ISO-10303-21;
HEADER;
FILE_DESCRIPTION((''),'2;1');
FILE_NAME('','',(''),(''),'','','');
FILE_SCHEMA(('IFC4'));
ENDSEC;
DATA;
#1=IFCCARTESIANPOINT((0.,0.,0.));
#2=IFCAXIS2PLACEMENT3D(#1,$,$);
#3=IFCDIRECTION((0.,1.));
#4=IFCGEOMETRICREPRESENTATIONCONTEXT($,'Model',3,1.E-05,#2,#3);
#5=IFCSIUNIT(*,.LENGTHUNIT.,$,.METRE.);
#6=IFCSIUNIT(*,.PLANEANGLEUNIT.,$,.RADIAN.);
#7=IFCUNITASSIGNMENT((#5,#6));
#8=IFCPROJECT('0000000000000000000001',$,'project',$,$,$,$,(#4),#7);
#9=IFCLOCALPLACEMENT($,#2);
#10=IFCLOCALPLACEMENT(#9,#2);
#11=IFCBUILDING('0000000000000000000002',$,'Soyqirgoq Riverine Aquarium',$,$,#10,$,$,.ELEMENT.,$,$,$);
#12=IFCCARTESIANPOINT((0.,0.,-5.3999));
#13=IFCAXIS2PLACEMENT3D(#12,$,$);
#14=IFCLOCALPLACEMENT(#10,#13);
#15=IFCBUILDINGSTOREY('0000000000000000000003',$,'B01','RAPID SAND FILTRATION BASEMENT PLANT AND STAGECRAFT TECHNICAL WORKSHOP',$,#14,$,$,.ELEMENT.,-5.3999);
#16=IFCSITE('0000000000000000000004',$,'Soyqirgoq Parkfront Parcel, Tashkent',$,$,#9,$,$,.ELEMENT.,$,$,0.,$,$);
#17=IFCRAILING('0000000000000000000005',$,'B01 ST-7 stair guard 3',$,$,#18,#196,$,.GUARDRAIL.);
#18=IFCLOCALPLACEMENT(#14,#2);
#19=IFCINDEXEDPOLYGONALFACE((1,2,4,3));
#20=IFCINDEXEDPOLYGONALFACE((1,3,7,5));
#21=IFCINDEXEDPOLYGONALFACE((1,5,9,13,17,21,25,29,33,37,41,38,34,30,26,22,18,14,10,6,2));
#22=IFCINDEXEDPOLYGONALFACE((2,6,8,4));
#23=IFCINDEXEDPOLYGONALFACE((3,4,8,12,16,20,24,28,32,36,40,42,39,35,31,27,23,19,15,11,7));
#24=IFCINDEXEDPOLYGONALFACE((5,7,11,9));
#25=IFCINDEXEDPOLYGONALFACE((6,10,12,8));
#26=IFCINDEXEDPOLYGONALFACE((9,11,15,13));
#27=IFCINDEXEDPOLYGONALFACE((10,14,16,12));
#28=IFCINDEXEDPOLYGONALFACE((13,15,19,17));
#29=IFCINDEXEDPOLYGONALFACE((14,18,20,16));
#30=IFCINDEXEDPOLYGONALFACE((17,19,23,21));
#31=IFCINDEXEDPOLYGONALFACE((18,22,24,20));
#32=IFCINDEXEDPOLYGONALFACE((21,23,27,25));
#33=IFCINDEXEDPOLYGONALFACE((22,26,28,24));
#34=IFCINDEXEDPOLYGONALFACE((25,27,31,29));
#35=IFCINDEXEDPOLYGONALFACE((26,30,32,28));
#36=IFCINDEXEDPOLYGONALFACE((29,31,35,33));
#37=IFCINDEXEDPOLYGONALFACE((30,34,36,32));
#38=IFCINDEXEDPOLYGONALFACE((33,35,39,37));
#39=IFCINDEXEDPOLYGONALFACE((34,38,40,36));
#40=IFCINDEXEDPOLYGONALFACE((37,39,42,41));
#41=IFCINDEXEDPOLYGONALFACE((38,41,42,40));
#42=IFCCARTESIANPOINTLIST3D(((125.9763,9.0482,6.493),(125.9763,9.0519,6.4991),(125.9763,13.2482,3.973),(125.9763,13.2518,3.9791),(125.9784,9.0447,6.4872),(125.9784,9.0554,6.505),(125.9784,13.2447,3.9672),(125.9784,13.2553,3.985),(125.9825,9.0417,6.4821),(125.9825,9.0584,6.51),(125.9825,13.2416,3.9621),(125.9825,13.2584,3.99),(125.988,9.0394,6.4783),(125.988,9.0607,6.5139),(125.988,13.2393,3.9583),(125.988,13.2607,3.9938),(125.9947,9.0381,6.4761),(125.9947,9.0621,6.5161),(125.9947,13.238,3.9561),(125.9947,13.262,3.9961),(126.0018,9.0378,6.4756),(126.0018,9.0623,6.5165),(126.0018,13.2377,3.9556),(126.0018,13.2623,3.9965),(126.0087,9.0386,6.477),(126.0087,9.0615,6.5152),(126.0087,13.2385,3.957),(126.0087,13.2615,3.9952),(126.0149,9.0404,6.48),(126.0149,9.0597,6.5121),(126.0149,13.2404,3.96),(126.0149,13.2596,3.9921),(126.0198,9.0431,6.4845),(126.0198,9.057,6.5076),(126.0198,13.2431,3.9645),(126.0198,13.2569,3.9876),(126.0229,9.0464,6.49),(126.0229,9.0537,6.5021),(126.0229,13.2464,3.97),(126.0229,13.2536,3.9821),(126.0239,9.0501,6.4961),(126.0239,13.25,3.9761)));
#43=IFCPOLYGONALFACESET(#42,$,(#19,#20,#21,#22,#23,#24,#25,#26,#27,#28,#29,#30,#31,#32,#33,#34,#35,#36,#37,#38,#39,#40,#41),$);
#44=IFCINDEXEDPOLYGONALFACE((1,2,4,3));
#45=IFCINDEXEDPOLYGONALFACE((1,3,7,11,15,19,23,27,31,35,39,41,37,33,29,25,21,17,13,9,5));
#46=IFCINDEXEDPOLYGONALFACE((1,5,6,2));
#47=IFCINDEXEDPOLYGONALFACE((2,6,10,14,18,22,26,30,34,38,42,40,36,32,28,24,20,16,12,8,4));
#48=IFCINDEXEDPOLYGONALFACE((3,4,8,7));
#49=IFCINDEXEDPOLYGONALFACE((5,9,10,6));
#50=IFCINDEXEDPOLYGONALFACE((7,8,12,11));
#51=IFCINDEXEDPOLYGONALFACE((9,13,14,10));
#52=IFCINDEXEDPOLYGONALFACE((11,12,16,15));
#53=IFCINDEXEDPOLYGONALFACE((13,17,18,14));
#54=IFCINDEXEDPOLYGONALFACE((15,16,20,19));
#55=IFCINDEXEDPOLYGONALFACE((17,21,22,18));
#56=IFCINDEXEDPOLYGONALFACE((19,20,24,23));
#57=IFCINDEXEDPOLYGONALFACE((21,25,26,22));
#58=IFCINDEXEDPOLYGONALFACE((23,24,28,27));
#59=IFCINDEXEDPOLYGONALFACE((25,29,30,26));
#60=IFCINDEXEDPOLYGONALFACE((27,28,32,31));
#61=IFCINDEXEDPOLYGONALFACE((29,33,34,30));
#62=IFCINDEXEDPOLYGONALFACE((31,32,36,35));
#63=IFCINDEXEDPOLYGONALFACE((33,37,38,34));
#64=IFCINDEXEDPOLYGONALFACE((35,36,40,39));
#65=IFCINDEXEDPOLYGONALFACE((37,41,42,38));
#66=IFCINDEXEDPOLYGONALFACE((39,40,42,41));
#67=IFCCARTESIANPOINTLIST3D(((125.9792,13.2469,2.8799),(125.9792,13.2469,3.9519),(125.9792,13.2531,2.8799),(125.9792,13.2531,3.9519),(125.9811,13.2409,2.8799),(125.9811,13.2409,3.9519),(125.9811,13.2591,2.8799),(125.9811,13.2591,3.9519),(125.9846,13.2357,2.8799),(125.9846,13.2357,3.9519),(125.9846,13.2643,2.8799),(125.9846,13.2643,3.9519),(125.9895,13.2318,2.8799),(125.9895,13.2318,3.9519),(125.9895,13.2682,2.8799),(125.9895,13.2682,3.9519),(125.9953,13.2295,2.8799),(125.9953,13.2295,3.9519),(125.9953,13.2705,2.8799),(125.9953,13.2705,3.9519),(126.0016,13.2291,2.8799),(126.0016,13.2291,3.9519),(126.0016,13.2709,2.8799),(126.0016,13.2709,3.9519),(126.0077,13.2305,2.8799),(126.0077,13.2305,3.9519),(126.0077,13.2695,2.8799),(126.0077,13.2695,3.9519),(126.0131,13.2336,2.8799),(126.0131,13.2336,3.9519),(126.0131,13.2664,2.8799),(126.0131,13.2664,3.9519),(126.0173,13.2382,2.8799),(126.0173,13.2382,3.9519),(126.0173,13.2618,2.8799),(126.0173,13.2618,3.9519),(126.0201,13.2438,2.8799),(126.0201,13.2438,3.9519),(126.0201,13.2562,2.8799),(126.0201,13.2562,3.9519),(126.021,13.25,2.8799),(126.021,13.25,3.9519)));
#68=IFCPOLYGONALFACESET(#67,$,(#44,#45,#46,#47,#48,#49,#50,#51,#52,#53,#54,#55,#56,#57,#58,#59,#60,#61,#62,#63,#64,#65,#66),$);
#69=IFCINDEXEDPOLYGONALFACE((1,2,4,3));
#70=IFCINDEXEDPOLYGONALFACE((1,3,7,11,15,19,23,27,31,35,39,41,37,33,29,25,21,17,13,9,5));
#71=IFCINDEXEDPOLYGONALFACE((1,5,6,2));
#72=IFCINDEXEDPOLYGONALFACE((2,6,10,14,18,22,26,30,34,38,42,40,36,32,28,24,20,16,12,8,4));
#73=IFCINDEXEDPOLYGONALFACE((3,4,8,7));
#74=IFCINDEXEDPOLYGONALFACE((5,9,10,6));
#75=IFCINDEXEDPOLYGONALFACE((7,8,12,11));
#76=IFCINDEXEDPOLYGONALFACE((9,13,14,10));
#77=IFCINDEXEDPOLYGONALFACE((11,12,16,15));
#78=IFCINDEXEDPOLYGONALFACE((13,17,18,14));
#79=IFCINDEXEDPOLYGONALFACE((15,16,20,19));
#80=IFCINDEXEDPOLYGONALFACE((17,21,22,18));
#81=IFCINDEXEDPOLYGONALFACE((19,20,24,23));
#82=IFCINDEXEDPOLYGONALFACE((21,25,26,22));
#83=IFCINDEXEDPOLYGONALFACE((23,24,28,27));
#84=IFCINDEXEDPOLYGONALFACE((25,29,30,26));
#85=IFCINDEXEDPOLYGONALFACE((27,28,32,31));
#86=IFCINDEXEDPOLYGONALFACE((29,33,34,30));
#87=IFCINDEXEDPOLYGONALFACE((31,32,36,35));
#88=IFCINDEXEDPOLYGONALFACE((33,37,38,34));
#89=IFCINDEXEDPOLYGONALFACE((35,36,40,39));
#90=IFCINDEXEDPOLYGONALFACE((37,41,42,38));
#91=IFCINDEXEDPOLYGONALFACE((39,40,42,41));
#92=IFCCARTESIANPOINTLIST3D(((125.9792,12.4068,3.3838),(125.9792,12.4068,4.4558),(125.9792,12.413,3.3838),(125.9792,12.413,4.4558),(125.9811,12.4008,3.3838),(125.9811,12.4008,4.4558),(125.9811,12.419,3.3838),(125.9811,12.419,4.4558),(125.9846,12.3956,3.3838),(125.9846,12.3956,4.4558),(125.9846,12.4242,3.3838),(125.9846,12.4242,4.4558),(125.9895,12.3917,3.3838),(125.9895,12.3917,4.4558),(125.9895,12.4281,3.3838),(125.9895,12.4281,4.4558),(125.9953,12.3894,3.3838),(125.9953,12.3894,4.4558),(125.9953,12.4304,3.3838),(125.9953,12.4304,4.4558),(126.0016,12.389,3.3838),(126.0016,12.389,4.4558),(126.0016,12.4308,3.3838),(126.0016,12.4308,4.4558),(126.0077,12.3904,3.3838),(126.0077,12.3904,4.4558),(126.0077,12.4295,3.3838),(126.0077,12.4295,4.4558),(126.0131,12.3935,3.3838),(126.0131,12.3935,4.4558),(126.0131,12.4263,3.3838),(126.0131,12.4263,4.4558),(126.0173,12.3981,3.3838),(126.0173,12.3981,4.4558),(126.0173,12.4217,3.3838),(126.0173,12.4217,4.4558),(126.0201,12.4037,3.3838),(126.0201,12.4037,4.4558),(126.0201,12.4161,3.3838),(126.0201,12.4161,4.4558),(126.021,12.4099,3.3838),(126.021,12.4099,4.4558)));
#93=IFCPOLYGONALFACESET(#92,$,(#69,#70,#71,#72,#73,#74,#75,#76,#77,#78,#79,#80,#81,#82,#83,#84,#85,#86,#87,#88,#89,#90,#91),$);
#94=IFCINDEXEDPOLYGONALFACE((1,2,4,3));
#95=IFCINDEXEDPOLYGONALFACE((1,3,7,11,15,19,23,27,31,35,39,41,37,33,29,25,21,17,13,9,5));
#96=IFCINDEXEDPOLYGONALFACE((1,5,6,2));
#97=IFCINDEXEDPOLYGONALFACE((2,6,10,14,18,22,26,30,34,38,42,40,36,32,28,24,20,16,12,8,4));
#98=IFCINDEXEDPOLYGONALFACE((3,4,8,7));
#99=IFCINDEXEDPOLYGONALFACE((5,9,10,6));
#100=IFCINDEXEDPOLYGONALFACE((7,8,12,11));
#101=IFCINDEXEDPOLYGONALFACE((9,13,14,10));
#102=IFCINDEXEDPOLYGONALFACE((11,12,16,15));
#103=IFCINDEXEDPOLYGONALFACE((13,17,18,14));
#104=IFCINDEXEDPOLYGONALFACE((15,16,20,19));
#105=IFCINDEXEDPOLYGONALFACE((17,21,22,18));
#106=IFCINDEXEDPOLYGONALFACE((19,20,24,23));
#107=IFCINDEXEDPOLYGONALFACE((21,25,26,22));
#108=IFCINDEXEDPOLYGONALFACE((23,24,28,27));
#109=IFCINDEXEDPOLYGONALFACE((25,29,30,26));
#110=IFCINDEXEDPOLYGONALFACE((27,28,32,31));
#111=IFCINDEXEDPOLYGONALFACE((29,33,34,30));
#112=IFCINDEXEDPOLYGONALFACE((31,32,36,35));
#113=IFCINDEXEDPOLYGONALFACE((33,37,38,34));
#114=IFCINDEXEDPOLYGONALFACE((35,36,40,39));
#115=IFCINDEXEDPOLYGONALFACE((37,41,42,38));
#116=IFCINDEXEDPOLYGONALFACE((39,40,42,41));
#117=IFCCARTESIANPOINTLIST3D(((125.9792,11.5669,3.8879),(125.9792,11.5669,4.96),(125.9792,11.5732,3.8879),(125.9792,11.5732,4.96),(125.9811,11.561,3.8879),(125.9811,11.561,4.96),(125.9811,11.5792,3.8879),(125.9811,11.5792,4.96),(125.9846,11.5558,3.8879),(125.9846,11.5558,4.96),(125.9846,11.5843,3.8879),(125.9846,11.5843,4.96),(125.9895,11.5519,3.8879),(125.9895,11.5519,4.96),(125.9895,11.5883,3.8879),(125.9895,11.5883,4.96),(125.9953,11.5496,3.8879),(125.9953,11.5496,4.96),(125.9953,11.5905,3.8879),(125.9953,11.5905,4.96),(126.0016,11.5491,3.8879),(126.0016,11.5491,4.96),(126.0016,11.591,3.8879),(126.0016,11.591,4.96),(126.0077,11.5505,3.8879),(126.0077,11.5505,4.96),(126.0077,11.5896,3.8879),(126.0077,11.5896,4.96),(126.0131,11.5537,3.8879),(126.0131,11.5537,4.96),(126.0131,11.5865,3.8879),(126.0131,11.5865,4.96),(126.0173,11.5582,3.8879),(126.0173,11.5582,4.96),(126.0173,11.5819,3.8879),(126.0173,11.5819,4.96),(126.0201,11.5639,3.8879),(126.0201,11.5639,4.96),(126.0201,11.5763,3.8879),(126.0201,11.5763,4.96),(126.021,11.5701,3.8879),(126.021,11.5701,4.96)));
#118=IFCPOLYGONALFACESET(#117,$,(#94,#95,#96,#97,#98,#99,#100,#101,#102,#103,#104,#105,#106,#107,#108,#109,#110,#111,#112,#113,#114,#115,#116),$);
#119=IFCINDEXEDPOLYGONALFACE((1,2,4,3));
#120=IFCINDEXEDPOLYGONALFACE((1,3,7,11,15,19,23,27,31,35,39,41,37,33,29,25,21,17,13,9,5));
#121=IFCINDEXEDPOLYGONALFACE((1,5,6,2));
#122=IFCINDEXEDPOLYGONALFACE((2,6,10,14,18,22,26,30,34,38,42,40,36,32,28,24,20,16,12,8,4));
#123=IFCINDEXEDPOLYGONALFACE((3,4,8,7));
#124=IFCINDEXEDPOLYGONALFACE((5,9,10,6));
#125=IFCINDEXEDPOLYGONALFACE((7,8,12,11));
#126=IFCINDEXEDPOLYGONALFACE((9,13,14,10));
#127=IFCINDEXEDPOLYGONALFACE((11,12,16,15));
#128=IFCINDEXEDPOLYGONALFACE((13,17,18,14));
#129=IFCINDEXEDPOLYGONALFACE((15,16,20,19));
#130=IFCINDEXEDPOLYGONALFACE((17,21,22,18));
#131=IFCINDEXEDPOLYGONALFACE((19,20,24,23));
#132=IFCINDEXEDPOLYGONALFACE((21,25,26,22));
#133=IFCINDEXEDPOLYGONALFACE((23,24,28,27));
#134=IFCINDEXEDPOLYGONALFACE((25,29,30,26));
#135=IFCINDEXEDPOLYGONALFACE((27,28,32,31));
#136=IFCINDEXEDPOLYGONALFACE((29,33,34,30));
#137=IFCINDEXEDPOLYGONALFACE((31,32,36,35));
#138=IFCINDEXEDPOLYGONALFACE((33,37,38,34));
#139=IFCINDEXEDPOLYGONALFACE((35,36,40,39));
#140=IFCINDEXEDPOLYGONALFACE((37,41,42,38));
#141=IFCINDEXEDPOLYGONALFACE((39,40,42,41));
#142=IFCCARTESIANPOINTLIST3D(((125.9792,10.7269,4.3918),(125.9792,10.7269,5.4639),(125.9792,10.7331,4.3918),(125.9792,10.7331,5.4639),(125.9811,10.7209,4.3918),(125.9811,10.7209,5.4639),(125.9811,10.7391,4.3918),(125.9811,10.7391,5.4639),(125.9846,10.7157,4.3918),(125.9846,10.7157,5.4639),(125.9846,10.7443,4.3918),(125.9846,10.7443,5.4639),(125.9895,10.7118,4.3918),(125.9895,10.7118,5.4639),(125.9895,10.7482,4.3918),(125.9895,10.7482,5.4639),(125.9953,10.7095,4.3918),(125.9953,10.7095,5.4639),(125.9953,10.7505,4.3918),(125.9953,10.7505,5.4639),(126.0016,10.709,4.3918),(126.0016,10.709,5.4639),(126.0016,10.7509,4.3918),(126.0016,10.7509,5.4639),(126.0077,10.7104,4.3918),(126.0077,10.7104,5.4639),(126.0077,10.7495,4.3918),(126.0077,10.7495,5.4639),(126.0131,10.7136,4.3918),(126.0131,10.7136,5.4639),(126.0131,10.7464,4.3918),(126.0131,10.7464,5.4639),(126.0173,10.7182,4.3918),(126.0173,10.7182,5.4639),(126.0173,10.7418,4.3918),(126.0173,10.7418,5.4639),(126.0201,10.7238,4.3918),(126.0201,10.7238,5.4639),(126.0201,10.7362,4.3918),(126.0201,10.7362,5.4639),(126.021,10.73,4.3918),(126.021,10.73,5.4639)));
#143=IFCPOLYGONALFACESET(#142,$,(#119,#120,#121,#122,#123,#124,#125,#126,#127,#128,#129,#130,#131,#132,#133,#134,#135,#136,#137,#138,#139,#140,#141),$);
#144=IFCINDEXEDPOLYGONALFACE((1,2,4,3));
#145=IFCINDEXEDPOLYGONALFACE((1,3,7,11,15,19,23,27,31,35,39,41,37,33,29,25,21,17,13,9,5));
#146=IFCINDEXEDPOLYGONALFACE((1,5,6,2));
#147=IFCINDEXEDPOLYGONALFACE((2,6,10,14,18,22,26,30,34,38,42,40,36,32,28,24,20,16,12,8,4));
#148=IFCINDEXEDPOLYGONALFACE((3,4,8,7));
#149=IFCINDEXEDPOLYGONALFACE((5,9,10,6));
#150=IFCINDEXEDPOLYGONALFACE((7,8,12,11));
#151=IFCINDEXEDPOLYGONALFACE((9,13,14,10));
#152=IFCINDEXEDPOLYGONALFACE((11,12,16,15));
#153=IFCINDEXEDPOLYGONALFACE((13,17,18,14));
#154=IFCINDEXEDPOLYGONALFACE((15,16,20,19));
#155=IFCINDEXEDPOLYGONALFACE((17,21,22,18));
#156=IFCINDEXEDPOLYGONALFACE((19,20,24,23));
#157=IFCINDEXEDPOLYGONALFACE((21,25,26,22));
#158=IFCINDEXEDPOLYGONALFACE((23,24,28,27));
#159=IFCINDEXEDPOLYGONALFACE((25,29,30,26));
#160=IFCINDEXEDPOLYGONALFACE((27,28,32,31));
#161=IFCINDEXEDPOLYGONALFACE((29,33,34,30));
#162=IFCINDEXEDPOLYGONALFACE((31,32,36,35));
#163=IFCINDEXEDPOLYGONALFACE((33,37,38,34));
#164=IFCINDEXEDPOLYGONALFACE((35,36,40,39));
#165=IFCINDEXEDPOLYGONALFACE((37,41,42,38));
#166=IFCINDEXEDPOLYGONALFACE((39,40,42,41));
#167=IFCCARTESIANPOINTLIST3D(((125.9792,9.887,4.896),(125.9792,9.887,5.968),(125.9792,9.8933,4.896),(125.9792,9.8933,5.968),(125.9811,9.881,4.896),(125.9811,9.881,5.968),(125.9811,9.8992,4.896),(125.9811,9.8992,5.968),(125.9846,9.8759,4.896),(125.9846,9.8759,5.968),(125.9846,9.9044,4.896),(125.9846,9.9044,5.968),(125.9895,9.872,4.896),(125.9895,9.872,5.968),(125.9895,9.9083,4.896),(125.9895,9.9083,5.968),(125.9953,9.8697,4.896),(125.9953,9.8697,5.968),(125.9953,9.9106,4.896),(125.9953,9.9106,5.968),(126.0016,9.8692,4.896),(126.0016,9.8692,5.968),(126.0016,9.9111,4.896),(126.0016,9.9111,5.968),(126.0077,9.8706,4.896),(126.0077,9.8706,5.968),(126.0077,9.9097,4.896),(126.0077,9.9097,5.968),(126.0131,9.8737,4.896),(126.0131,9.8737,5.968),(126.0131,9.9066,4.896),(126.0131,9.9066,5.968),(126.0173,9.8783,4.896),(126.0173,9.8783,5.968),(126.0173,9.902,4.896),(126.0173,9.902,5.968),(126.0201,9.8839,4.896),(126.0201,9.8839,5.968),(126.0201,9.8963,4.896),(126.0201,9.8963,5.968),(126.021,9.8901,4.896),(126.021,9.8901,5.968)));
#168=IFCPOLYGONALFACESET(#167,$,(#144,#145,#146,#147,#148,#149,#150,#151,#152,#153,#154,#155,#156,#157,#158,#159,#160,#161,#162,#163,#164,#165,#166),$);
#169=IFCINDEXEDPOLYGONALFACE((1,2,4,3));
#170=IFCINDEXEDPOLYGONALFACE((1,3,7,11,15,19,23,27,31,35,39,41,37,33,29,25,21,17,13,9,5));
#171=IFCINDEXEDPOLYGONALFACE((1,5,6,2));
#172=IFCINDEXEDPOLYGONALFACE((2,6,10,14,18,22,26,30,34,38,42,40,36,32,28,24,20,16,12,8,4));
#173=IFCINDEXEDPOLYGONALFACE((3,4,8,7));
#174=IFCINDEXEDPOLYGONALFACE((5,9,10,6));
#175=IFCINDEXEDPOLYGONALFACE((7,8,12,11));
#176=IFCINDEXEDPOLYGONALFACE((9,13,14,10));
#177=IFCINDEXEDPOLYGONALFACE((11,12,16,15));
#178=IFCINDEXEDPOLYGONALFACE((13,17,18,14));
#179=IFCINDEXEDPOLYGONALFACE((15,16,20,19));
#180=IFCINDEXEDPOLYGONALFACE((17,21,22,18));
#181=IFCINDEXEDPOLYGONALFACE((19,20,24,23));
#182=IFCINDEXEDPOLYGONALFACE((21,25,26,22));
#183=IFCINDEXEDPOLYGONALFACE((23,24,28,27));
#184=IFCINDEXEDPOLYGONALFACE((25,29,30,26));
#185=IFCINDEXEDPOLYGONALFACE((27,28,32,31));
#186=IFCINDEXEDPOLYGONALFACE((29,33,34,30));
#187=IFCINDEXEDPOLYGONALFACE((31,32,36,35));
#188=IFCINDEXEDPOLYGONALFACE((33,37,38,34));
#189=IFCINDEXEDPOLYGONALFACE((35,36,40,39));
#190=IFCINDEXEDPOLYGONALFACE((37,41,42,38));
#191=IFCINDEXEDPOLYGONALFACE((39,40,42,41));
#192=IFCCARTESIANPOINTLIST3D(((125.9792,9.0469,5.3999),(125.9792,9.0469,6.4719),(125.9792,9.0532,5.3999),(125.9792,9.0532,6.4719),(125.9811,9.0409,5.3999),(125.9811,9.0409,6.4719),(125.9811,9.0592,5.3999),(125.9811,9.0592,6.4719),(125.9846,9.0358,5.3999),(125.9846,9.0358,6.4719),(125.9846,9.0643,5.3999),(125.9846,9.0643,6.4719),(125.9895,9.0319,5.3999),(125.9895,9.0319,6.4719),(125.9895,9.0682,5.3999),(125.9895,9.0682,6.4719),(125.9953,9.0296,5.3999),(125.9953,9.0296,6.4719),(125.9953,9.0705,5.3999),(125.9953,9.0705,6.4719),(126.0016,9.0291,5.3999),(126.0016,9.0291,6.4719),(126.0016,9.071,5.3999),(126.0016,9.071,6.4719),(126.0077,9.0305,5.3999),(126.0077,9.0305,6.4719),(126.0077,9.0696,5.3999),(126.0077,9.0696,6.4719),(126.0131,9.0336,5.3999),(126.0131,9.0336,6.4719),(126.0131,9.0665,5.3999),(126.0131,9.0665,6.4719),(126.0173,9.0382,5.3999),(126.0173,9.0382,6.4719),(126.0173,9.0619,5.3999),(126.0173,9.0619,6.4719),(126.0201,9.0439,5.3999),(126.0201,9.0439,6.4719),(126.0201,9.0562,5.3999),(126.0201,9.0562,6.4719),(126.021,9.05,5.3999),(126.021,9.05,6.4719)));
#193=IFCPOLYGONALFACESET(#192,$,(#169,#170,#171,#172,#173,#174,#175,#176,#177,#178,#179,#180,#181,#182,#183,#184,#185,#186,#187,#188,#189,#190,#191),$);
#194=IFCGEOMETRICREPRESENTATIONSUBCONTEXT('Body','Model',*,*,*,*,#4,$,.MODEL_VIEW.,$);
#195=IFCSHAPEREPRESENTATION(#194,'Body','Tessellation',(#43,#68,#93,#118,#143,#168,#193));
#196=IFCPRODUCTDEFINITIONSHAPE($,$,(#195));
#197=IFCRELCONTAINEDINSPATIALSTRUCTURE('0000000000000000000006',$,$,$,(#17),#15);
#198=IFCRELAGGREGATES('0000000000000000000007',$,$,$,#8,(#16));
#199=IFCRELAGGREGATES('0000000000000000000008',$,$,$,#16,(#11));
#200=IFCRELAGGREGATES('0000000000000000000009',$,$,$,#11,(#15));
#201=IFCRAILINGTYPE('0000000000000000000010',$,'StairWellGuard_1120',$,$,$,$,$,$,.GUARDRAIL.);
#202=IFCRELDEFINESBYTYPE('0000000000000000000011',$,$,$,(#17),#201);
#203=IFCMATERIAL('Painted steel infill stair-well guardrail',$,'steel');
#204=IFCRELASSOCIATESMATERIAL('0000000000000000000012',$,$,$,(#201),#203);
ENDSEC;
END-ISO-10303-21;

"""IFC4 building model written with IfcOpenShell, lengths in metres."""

from ifc_helpers import new_model, si_unit, direction, frame, origin, origin_2d, place, context, subcontext, project, spatial, circle, extrude, material, type_object, element, save


model = new_model("IFC4")

# Units and contexts
model_context = context("Model", 3, precision=1e-05, world=origin(), true_north=direction((0.0, 1.0)))
body_context = subcontext(model_context, "Body", "Model", "MODEL_VIEW")
ifc_project = project(units=[si_unit("LENGTHUNIT", "METRE"), si_unit("PLANEANGLEUNIT", "RADIAN")], contexts=[model_context])

# Site, building, storey
site_placement = place(None, origin())
site = spatial("IfcSite", under=ifc_project, at=site_placement, Name="Soyqirgoq Parkfront Parcel, Tashkent", CompositionType="ELEMENT", RefElevation=0.0)
building_placement = place(site_placement, origin())
building = spatial("IfcBuilding", under=site, at=building_placement, Name="Soyqirgoq Riverine Aquarium", CompositionType="ELEMENT")
storey_placement = place(building_placement, frame((0.0, 0.0, -5.3999)))
storey = spatial("IfcBuildingStorey", under=building, at=storey_placement, Name="B01", Description="RAPID SAND FILTRATION BASEMENT PLANT AND STAGECRAFT TECHNICAL WORKSHOP", CompositionType="ELEMENT", Elevation=-5.3999)

# Railing
ifc_material_1 = material(Name="Painted steel infill stair-well guardrail", Category="steel")
railing_type_1 = type_object("IfcRailingType", Name="StairWellGuard_1120", PredefinedType="GUARDRAIL", material=ifc_material_1)
railing_1_placement = place(storey_placement, frame((126.0, 13.25, 2.8799)))
element("IfcRailing", 1, at=railing_1_placement, inside=storey, type_object=railing_type_1, Name="B01 ST-7 stair guard 3", PredefinedType="GUARDRAIL", context=body_context, shape_type="SweptSolid", body=[
    extrude(circle(Radius=0.0239, at=origin_2d()), frame((0.0, 0.0, 1.0962), z_axis=(0.0, -0.857489, 0.514503), x_axis=(1.0, 0.0, 0.0)), (0.0, 0.0, 1.0), 4.8979),
    extrude(circle(Radius=0.021, at=origin_2d()), origin(), (0.0, 0.0, 1.0), 1.072),
    extrude(circle(Radius=0.021, at=origin_2d()), frame((0.0, -0.8401, 0.5039)), (0.0, 0.0, 1.0), 1.072),
    extrude(circle(Radius=0.021, at=origin_2d()), frame((0.0, -1.6799, 1.0081)), (0.0, 0.0, 1.0), 1.072),
    extrude(circle(Radius=0.021, at=origin_2d()), frame((0.0, -2.52, 1.512)), (0.0, 0.0, 1.0), 1.072),
    extrude(circle(Radius=0.021, at=origin_2d()), frame((0.0, -3.3599, 2.0161)), (0.0, 0.0, 1.0), 1.072),
    extrude(circle(Radius=0.021, at=origin_2d()), frame((0.0, -4.2, 2.52)), (0.0, 0.0, 1.0), 1.072),
])

save(model, "model.ifc")
